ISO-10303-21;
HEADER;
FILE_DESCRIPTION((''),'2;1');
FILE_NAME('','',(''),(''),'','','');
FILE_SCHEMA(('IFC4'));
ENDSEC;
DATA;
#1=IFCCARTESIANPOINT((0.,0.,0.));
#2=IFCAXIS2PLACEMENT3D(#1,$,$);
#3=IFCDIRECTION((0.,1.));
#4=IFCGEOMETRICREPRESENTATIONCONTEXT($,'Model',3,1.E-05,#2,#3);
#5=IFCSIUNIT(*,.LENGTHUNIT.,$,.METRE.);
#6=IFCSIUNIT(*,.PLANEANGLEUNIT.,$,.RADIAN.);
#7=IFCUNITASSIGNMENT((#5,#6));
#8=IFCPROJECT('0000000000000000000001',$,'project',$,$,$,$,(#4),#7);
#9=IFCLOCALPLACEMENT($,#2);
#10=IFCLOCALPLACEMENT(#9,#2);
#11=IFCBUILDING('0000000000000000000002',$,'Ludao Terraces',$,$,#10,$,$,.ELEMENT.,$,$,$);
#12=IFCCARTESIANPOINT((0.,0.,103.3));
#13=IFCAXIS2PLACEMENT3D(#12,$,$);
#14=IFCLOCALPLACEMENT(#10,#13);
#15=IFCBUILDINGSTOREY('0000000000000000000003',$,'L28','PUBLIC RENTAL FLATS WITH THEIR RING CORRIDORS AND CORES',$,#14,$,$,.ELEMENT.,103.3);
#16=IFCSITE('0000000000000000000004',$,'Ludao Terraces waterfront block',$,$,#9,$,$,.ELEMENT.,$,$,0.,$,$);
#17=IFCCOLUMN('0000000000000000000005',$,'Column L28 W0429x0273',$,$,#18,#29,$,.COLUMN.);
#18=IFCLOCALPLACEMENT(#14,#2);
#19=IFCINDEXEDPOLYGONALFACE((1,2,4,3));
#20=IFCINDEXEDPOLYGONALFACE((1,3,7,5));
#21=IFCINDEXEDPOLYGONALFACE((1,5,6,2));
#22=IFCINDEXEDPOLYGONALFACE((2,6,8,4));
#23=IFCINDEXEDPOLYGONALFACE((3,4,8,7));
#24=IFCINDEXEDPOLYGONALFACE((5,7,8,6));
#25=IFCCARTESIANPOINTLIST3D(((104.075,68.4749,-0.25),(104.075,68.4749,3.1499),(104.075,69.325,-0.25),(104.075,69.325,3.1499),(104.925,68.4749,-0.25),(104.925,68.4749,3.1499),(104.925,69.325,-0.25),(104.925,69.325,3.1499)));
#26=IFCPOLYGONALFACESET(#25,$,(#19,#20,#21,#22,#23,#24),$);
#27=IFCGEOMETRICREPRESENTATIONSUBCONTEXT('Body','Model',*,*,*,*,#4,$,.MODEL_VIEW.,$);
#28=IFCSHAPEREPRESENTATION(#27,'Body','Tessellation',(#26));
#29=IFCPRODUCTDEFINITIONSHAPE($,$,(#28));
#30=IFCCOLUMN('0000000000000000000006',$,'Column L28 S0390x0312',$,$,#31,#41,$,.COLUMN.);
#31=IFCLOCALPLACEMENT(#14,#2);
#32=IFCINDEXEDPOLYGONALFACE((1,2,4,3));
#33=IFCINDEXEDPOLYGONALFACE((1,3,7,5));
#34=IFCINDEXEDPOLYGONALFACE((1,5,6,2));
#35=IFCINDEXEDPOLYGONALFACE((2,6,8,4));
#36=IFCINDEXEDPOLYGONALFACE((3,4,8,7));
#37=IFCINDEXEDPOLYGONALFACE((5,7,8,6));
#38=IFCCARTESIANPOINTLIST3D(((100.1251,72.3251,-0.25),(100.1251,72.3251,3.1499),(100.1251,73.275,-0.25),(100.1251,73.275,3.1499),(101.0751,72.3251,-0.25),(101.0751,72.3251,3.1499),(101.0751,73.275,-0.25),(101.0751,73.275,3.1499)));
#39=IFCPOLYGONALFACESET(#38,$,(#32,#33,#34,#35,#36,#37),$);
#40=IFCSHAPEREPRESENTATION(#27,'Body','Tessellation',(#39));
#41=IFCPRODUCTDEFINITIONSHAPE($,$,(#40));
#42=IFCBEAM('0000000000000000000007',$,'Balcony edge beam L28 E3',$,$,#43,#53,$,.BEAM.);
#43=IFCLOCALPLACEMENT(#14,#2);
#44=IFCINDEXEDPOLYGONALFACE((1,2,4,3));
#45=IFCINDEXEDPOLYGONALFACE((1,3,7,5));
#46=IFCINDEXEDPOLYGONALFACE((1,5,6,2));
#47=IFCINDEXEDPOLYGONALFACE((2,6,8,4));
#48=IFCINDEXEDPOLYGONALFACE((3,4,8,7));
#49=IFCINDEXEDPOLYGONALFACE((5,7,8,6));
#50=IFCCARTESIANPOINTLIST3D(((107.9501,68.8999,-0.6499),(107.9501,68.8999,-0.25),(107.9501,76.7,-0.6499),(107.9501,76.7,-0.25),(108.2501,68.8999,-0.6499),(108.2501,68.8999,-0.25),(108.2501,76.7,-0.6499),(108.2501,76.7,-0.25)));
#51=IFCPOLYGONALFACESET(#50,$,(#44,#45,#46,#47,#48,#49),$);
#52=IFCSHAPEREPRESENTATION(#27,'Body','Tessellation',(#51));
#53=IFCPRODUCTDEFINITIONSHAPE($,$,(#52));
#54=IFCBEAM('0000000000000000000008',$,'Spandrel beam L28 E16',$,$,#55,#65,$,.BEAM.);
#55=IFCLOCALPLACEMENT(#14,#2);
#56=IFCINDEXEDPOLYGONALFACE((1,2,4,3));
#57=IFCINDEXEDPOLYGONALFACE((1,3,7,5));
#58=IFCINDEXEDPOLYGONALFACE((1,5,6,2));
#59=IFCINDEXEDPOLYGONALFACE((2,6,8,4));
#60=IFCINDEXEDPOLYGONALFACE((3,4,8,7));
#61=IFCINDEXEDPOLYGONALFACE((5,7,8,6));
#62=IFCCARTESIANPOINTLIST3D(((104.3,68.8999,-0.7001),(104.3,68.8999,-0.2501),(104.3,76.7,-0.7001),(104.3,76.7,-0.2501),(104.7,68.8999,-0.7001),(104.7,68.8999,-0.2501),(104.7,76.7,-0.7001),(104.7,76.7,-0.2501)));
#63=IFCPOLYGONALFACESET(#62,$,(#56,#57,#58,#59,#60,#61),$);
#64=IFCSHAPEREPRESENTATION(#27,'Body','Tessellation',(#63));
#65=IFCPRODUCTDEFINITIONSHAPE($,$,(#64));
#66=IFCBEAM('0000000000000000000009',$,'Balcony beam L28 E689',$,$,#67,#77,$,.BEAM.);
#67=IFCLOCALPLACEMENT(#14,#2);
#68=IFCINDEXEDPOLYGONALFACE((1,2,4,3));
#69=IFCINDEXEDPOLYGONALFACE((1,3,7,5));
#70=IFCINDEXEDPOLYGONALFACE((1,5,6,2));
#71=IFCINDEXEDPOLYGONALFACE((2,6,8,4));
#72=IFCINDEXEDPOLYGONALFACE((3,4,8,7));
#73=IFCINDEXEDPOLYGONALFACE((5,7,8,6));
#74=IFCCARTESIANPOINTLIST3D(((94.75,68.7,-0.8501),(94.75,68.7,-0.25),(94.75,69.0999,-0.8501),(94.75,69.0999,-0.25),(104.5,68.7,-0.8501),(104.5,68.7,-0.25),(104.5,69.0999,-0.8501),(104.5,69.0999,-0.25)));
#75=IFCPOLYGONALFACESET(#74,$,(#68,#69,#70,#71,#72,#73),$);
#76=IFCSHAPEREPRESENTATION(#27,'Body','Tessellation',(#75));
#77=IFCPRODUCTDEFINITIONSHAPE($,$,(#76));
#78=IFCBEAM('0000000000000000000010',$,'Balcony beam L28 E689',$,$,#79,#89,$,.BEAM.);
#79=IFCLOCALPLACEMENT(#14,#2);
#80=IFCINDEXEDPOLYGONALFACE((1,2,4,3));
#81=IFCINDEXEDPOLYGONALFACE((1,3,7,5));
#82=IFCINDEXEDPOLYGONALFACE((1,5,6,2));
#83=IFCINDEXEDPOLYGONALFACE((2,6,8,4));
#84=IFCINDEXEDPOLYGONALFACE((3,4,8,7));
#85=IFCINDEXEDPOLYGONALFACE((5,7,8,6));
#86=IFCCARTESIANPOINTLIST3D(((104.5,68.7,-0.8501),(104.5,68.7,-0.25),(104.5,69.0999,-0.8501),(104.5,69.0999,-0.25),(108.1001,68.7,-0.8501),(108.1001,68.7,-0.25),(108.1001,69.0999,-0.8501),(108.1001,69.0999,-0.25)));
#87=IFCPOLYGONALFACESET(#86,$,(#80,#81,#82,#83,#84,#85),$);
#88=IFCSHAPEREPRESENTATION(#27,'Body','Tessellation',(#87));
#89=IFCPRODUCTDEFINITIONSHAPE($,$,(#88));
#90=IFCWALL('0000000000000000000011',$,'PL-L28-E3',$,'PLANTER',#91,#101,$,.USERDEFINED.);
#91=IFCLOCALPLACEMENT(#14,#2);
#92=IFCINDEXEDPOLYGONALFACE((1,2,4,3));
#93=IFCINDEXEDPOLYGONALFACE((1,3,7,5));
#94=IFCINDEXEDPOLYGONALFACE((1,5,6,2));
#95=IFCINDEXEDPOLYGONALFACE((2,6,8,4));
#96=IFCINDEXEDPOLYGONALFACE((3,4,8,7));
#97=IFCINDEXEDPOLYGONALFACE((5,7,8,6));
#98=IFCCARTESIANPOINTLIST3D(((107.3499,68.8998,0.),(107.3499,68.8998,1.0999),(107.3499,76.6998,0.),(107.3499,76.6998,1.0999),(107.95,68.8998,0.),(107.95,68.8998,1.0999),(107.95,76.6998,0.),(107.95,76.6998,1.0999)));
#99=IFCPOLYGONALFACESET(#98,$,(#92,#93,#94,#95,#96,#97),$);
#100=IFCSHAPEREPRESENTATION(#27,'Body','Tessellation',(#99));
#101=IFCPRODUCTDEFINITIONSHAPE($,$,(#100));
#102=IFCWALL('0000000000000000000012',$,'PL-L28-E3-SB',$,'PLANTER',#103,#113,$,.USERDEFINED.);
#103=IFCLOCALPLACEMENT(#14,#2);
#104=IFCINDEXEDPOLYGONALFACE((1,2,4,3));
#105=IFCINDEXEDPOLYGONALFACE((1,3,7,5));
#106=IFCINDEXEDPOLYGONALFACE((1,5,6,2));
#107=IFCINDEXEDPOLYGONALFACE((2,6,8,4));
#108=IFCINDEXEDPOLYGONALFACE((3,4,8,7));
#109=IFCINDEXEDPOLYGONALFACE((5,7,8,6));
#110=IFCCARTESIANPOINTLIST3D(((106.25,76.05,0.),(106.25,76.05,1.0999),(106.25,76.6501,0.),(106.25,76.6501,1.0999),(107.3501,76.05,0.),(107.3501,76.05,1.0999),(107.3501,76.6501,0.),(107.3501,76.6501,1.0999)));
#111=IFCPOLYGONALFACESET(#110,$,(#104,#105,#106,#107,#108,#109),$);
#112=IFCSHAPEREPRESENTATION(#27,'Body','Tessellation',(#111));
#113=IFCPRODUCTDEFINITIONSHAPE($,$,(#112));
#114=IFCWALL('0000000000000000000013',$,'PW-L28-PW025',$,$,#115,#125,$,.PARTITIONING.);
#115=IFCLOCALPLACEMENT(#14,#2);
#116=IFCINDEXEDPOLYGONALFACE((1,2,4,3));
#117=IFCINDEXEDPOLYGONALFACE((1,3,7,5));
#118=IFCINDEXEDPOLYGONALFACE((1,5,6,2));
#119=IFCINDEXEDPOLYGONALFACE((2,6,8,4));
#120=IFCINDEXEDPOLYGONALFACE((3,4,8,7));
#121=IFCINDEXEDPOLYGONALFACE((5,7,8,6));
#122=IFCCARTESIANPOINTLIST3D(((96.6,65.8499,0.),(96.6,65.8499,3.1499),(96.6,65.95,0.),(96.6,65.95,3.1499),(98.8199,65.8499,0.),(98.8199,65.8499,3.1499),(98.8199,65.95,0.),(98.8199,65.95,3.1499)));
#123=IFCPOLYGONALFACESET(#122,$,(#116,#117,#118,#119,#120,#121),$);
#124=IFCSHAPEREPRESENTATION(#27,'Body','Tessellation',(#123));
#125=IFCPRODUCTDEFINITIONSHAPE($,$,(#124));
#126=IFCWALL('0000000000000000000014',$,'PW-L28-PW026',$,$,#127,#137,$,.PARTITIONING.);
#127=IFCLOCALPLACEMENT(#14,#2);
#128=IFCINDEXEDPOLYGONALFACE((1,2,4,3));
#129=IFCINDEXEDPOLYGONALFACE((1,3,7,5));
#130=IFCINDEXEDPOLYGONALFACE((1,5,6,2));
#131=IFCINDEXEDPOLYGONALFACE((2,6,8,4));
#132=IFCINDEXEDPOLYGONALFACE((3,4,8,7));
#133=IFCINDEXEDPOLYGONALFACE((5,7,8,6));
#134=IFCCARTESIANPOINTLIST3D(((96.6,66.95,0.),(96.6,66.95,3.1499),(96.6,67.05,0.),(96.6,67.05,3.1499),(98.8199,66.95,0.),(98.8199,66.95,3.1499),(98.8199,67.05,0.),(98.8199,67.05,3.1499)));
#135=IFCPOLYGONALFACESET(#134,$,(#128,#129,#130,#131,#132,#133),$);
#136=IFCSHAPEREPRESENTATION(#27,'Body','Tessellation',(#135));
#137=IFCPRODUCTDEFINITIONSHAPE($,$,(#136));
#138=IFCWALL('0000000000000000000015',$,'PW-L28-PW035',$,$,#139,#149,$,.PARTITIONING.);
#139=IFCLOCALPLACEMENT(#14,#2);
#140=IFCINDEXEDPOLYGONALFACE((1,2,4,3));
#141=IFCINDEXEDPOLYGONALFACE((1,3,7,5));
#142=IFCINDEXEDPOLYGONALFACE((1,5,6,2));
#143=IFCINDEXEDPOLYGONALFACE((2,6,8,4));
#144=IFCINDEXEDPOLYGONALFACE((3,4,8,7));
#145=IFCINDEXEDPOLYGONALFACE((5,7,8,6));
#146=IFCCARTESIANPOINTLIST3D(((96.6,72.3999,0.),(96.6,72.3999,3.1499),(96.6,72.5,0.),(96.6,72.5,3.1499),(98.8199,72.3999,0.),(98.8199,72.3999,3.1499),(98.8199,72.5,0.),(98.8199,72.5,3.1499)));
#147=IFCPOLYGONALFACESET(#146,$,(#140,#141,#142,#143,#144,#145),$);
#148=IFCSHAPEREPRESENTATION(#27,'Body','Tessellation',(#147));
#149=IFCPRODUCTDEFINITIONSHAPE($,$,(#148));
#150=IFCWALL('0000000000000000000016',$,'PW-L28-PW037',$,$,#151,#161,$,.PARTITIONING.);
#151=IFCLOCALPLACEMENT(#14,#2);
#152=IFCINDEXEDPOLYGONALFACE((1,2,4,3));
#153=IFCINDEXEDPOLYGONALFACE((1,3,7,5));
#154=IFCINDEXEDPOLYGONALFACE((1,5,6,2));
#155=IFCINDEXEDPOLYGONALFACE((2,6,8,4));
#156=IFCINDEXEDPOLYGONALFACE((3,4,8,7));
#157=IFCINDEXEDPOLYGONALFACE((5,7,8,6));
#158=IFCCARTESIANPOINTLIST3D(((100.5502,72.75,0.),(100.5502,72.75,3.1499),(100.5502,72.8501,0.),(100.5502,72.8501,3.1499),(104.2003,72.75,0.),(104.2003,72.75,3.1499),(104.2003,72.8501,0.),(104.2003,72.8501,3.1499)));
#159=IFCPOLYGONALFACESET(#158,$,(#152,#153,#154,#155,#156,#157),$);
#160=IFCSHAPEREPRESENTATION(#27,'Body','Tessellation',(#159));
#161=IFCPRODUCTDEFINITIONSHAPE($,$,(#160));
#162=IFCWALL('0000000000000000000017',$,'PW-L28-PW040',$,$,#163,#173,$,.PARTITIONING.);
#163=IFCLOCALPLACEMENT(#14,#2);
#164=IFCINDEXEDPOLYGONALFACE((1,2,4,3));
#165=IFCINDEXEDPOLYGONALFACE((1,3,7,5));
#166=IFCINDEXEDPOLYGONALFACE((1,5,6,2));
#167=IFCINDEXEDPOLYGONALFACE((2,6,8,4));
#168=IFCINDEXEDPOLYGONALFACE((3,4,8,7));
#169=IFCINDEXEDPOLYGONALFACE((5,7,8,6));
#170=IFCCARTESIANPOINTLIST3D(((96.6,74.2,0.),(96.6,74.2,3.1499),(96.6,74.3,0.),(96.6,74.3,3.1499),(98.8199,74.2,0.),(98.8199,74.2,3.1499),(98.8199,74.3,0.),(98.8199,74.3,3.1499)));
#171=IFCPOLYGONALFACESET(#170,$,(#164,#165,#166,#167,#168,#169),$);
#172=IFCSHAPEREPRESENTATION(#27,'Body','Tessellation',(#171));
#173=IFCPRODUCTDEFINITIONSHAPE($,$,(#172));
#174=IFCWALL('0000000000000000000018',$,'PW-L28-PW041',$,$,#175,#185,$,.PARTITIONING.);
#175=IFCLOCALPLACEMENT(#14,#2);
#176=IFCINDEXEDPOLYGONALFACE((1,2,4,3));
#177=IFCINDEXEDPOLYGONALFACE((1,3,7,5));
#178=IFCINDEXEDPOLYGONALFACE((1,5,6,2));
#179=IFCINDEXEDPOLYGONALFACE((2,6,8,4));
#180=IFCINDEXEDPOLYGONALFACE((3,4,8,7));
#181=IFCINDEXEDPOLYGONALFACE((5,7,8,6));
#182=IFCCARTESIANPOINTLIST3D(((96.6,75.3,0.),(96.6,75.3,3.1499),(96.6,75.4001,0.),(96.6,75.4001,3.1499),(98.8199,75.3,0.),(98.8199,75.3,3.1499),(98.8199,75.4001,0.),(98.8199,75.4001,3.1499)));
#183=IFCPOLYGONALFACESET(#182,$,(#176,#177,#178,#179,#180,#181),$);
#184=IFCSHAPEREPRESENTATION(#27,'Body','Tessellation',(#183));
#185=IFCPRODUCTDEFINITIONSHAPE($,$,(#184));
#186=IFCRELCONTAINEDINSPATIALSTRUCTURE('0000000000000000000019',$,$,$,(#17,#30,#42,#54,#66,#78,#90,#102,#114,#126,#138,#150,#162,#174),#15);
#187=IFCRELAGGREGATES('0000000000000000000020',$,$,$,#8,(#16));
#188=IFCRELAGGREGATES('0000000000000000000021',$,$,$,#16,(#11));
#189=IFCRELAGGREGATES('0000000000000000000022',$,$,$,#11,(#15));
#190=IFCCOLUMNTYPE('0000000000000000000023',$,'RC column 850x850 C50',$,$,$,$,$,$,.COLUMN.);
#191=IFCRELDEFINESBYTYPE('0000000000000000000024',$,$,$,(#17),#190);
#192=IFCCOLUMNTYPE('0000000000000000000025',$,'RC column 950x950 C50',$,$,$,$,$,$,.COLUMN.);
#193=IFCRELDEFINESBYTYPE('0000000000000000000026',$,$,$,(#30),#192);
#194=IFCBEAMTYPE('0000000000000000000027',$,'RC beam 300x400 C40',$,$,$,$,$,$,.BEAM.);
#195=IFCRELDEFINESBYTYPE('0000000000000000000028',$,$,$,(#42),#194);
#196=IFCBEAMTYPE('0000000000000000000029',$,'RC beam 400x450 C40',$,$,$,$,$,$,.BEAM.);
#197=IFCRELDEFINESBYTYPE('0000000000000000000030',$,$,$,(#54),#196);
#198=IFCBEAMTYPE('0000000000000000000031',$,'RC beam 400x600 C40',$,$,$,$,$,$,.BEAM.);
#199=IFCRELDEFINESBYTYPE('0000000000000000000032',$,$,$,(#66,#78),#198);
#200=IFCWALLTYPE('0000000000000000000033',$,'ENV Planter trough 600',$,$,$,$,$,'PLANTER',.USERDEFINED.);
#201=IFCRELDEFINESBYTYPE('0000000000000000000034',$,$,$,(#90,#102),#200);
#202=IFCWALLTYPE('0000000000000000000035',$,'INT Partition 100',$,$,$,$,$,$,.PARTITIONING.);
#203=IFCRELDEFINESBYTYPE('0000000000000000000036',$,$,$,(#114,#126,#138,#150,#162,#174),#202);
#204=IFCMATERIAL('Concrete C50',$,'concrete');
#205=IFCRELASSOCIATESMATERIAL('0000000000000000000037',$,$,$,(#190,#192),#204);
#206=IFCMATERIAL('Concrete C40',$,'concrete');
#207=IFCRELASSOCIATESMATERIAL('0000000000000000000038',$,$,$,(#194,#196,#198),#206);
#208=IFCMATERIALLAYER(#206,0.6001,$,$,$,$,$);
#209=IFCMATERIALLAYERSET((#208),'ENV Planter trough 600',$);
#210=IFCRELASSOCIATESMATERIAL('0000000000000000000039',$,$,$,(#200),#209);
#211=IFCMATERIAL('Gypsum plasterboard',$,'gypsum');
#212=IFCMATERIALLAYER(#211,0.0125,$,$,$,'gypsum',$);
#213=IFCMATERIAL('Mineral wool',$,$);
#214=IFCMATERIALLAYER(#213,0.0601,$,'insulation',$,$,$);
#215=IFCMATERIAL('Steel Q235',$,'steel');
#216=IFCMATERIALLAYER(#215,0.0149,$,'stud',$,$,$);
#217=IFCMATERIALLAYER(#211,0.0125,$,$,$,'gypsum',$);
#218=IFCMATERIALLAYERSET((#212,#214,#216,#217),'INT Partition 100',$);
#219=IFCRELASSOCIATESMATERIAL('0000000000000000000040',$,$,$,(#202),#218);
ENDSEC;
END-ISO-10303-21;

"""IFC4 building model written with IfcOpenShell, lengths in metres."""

from ifc_helpers import new_model, si_unit, direction, frame, frame_2d, origin, origin_2d, place, context, subcontext, project, spatial, rectangle, extrude, material, layer, layer_set, material_profile, profile_set, type_object, element, save


model = new_model("IFC4")

# Units and contexts
model_context = context("Model", 3, precision=1e-05, world=origin(), true_north=direction((0.0, 1.0)))
body_context = subcontext(model_context, "Body", "Model", "MODEL_VIEW")
ifc_project = project(units=[si_unit("LENGTHUNIT", "METRE"), si_unit("PLANEANGLEUNIT", "RADIAN")], contexts=[model_context])

# Site, building, storey
site_placement = place(None, origin())
site = spatial("IfcSite", under=ifc_project, at=site_placement, Name="Ludao Terraces waterfront block", CompositionType="ELEMENT", RefElevation=0.0)
building_placement = place(site_placement, origin())
building = spatial("IfcBuilding", under=site, at=building_placement, Name="Ludao Terraces", CompositionType="ELEMENT")
storey_placement = place(building_placement, frame((0.0, 0.0, 103.3)))
storey = spatial("IfcBuildingStorey", under=building, at=storey_placement, Name="L28", Description="PUBLIC RENTAL FLATS WITH THEIR RING CORRIDORS AND CORES", CompositionType="ELEMENT", Elevation=103.3)

# Columns
ifc_material_1 = material(Name="Concrete C50", Category="concrete")
ifc_material_profile_1 = material_profile(ifc_material_1, rectangle(XDim=0.8501, YDim=0.8501, at=origin_2d()), Name="850 X 850")
ifc_profile_set_1 = profile_set([ifc_material_profile_1], Name="Concrete C50")
column_type_1 = type_object("IfcColumnType", Name="RC column 850x850 C50", PredefinedType="COLUMN", material=ifc_profile_set_1)
column_1_placement = place(storey_placement, frame((104.5, 68.8999, -0.25), z_axis=(0.0, 0.0, 1.0), x_axis=(1.0, 0.0, 0.0)))
element("IfcColumn", 1, at=column_1_placement, inside=storey, type_object=column_type_1, Name="Column L28 W0429x0273", PredefinedType="COLUMN", context=body_context, shape_type="SweptSolid", body=[
    extrude(rectangle(XDim=0.8501, YDim=0.8501, at=origin_2d()), origin(), (0.0, 0.0, 1.0), 3.3999),
])
ifc_material_profile_2 = material_profile(ifc_material_1, rectangle(XDim=0.95, YDim=0.95, at=origin_2d()), Name="950 X 950")
ifc_profile_set_2 = profile_set([ifc_material_profile_2], Name="Concrete C50")
column_type_2 = type_object("IfcColumnType", Name="RC column 950x950 C50", PredefinedType="COLUMN", material=ifc_profile_set_2)
column_2_placement = place(storey_placement, frame((100.6001, 72.8, -0.25), z_axis=(0.0, 0.0, 1.0), x_axis=(1.0, 0.0, 0.0)))
element("IfcColumn", 2, at=column_2_placement, inside=storey, type_object=column_type_2, Name="Column L28 S0390x0312", PredefinedType="COLUMN", context=body_context, shape_type="SweptSolid", body=[
    extrude(rectangle(XDim=0.95, YDim=0.95, at=origin_2d()), origin(), (0.0, 0.0, 1.0), 3.3999),
])

# Beams
ifc_material_2 = material(Name="Concrete C40", Category="concrete")
ifc_material_profile_3 = material_profile(ifc_material_2, rectangle(XDim=0.3, YDim=0.3999, at=origin_2d()), Name="300 X 400")
ifc_profile_set_3 = profile_set([ifc_material_profile_3], Name="Concrete C40")
beam_type_1 = type_object("IfcBeamType", Name="RC beam 300x400 C40", PredefinedType="BEAM", material=ifc_profile_set_3)
beam_1_placement = place(storey_placement, frame((108.1001, 68.8999, -0.45), z_axis=(0.0, 1.0, 0.0), x_axis=(-1.0, 0.0, 0.0)))
element("IfcBeam", 3, at=beam_1_placement, inside=storey, type_object=beam_type_1, Name="Balcony edge beam L28 E3", PredefinedType="BEAM", context=body_context, shape_type="SweptSolid", body=[
    extrude(rectangle(XDim=0.3, YDim=0.3999, at=origin_2d()), origin(), (0.0, 0.0, 1.0), 7.8),
])
ifc_material_profile_4 = material_profile(ifc_material_2, rectangle(XDim=0.3999, YDim=0.45, at=origin_2d()), Name="400 X 450")
ifc_profile_set_4 = profile_set([ifc_material_profile_4], Name="Concrete C40")
beam_type_2 = type_object("IfcBeamType", Name="RC beam 400x450 C40", PredefinedType="BEAM", material=ifc_profile_set_4)
beam_2_placement = place(storey_placement, frame((104.5, 68.8999, -0.4751), z_axis=(0.0, 1.0, 0.0), x_axis=(-1.0, 0.0, 0.0)))
element("IfcBeam", 4, at=beam_2_placement, inside=storey, type_object=beam_type_2, Name="Spandrel beam L28 E16", PredefinedType="BEAM", context=body_context, shape_type="SweptSolid", body=[
    extrude(rectangle(XDim=0.3999, YDim=0.45, at=origin_2d()), origin(), (0.0, 0.0, 1.0), 7.8),
])
ifc_material_profile_5 = material_profile(ifc_material_2, rectangle(XDim=0.3999, YDim=0.6001, at=origin_2d()), Name="400 X 600")
ifc_profile_set_5 = profile_set([ifc_material_profile_5], Name="Concrete C40")
beam_type_3 = type_object("IfcBeamType", Name="RC beam 400x600 C40", PredefinedType="BEAM", material=ifc_profile_set_5)
beam_3_placement = place(storey_placement, frame((94.75, 68.8999, -0.55), z_axis=(1.0, 0.0, 0.0), x_axis=(0.0, 1.0, 0.0)))
element("IfcBeam", 5, at=beam_3_placement, inside=storey, type_object=beam_type_3, Name="Balcony beam L28 E689", PredefinedType="BEAM", context=body_context, shape_type="SweptSolid", body=[
    extrude(rectangle(XDim=0.3999, YDim=0.6001, at=origin_2d()), origin(), (0.0, 0.0, 1.0), 9.75),
])
beam_4_placement = place(storey_placement, frame((104.5, 68.8999, -0.55), z_axis=(1.0, 0.0, 0.0), x_axis=(0.0, 1.0, 0.0)))
element("IfcBeam", 6, at=beam_4_placement, inside=storey, type_object=beam_type_3, Name="Balcony beam L28 E689", PredefinedType="BEAM", context=body_context, shape_type="SweptSolid", body=[
    extrude(rectangle(XDim=0.3999, YDim=0.6001, at=origin_2d()), origin(), (0.0, 0.0, 1.0), 3.6001),
])

# Walls
ifc_layer_1 = layer(ifc_material_2, 0.6001)
ifc_layer_set_1 = layer_set([ifc_layer_1], Name="ENV Planter trough 600")
wall_type_1 = type_object("IfcWallType", Name="ENV Planter trough 600", ElementType="PLANTER", PredefinedType="USERDEFINED", material=ifc_layer_set_1)
wall_1_placement = place(storey_placement, frame((107.6499, 68.8999, 0.0), z_axis=(0.0, 0.0, 1.0), x_axis=(0.0, 1.0, 0.0)))
element("IfcWall", 7, at=wall_1_placement, inside=storey, type_object=wall_type_1, Name="PL-L28-E3", ObjectType="PLANTER", PredefinedType="USERDEFINED", context=body_context, shape_type="SweptSolid", body=[
    extrude(rectangle(XDim=7.8, YDim=0.6001, at=frame_2d((3.8999, 0.0))), origin(), (0.0, 0.0, 1.0), 1.0999),
])
wall_2_placement = place(storey_placement, frame((107.3501, 76.3501, 0.0), z_axis=(0.0, 0.0, 1.0), x_axis=(-1.0, 0.0, 0.0)))
element("IfcWall", 8, at=wall_2_placement, inside=storey, type_object=wall_type_1, Name="PL-L28-E3-SB", ObjectType="PLANTER", PredefinedType="USERDEFINED", context=body_context, shape_type="SweptSolid", body=[
    extrude(rectangle(XDim=1.1001, YDim=0.6001, at=frame_2d((0.55, 0.0))), origin(), (0.0, 0.0, 1.0), 1.0999),
])

# Shared definitions
ifc_material_3 = material(Name="Mineral wool")

# Walls
ifc_material_4 = material(Name="Gypsum plasterboard", Category="gypsum")
ifc_layer_2 = layer(ifc_material_4, 0.0125, Category="gypsum")
ifc_layer_3 = layer(ifc_material_3, 0.0601, Name="insulation")
ifc_material_5 = material(Name="Steel Q235", Category="steel")
ifc_layer_4 = layer(ifc_material_5, 0.0149, Name="stud")
ifc_layer_5 = layer(ifc_material_4, 0.0125, Category="gypsum")
ifc_layer_set_2 = layer_set([ifc_layer_2, ifc_layer_3, ifc_layer_4, ifc_layer_5], Name="INT Partition 100")
wall_type_2 = type_object("IfcWallType", Name="INT Partition 100", PredefinedType="PARTITIONING", material=ifc_layer_set_2)
for number, where, z_axis, x_axis, name in (
    (9, (96.6001, 65.8999, 0.0), (0.0, 0.0, 1.0), (1.0, 0.0, 0.0), "PW-L28-PW025"),
    (10, (96.6001, 67.0, 0.0), (0.0, 0.0, 1.0), (1.0, 0.0, 0.0), "PW-L28-PW026"),
    (11, (96.6001, 72.45, 0.0), (0.0, 0.0, 1.0), (1.0, 0.0, 0.0), "PW-L28-PW035"),
):
    element("IfcWall", number, at=place(storey_placement, frame(where, z_axis=z_axis, x_axis=x_axis)), inside=storey, type_object=wall_type_2, Name=name, PredefinedType="PARTITIONING", context=body_context, shape_type="SweptSolid", body=[
        extrude(rectangle(XDim=2.22, YDim=0.1001, at=frame_2d((1.1099, 0.0))), origin(), (0.0, 0.0, 1.0), 3.1499),
    ])
wall_3_placement = place(storey_placement, frame((100.55, 72.8, 0.0), z_axis=(0.0, 0.0, 1.0), x_axis=(1.0, 0.0, 0.0)))
element("IfcWall", 12, at=wall_3_placement, inside=storey, type_object=wall_type_2, Name="PW-L28-PW037", PredefinedType="PARTITIONING", context=body_context, shape_type="SweptSolid", body=[
    extrude(rectangle(XDim=3.6501, YDim=0.1001, at=frame_2d((1.8252, 0.0))), origin(), (0.0, 0.0, 1.0), 3.1499),
])
for number, where, z_axis, x_axis, name in (
    (13, (96.6001, 74.25, 0.0), (0.0, 0.0, 1.0), (1.0, 0.0, 0.0), "PW-L28-PW040"),
    (14, (96.6001, 75.3501, 0.0), (0.0, 0.0, 1.0), (1.0, 0.0, 0.0), "PW-L28-PW041"),
):
    element("IfcWall", number, at=place(storey_placement, frame(where, z_axis=z_axis, x_axis=x_axis)), inside=storey, type_object=wall_type_2, Name=name, PredefinedType="PARTITIONING", context=body_context, shape_type="SweptSolid", body=[
        extrude(rectangle(XDim=2.22, YDim=0.1001, at=frame_2d((1.1099, 0.0))), origin(), (0.0, 0.0, 1.0), 3.1499),
    ])

save(model, "model.ifc")
